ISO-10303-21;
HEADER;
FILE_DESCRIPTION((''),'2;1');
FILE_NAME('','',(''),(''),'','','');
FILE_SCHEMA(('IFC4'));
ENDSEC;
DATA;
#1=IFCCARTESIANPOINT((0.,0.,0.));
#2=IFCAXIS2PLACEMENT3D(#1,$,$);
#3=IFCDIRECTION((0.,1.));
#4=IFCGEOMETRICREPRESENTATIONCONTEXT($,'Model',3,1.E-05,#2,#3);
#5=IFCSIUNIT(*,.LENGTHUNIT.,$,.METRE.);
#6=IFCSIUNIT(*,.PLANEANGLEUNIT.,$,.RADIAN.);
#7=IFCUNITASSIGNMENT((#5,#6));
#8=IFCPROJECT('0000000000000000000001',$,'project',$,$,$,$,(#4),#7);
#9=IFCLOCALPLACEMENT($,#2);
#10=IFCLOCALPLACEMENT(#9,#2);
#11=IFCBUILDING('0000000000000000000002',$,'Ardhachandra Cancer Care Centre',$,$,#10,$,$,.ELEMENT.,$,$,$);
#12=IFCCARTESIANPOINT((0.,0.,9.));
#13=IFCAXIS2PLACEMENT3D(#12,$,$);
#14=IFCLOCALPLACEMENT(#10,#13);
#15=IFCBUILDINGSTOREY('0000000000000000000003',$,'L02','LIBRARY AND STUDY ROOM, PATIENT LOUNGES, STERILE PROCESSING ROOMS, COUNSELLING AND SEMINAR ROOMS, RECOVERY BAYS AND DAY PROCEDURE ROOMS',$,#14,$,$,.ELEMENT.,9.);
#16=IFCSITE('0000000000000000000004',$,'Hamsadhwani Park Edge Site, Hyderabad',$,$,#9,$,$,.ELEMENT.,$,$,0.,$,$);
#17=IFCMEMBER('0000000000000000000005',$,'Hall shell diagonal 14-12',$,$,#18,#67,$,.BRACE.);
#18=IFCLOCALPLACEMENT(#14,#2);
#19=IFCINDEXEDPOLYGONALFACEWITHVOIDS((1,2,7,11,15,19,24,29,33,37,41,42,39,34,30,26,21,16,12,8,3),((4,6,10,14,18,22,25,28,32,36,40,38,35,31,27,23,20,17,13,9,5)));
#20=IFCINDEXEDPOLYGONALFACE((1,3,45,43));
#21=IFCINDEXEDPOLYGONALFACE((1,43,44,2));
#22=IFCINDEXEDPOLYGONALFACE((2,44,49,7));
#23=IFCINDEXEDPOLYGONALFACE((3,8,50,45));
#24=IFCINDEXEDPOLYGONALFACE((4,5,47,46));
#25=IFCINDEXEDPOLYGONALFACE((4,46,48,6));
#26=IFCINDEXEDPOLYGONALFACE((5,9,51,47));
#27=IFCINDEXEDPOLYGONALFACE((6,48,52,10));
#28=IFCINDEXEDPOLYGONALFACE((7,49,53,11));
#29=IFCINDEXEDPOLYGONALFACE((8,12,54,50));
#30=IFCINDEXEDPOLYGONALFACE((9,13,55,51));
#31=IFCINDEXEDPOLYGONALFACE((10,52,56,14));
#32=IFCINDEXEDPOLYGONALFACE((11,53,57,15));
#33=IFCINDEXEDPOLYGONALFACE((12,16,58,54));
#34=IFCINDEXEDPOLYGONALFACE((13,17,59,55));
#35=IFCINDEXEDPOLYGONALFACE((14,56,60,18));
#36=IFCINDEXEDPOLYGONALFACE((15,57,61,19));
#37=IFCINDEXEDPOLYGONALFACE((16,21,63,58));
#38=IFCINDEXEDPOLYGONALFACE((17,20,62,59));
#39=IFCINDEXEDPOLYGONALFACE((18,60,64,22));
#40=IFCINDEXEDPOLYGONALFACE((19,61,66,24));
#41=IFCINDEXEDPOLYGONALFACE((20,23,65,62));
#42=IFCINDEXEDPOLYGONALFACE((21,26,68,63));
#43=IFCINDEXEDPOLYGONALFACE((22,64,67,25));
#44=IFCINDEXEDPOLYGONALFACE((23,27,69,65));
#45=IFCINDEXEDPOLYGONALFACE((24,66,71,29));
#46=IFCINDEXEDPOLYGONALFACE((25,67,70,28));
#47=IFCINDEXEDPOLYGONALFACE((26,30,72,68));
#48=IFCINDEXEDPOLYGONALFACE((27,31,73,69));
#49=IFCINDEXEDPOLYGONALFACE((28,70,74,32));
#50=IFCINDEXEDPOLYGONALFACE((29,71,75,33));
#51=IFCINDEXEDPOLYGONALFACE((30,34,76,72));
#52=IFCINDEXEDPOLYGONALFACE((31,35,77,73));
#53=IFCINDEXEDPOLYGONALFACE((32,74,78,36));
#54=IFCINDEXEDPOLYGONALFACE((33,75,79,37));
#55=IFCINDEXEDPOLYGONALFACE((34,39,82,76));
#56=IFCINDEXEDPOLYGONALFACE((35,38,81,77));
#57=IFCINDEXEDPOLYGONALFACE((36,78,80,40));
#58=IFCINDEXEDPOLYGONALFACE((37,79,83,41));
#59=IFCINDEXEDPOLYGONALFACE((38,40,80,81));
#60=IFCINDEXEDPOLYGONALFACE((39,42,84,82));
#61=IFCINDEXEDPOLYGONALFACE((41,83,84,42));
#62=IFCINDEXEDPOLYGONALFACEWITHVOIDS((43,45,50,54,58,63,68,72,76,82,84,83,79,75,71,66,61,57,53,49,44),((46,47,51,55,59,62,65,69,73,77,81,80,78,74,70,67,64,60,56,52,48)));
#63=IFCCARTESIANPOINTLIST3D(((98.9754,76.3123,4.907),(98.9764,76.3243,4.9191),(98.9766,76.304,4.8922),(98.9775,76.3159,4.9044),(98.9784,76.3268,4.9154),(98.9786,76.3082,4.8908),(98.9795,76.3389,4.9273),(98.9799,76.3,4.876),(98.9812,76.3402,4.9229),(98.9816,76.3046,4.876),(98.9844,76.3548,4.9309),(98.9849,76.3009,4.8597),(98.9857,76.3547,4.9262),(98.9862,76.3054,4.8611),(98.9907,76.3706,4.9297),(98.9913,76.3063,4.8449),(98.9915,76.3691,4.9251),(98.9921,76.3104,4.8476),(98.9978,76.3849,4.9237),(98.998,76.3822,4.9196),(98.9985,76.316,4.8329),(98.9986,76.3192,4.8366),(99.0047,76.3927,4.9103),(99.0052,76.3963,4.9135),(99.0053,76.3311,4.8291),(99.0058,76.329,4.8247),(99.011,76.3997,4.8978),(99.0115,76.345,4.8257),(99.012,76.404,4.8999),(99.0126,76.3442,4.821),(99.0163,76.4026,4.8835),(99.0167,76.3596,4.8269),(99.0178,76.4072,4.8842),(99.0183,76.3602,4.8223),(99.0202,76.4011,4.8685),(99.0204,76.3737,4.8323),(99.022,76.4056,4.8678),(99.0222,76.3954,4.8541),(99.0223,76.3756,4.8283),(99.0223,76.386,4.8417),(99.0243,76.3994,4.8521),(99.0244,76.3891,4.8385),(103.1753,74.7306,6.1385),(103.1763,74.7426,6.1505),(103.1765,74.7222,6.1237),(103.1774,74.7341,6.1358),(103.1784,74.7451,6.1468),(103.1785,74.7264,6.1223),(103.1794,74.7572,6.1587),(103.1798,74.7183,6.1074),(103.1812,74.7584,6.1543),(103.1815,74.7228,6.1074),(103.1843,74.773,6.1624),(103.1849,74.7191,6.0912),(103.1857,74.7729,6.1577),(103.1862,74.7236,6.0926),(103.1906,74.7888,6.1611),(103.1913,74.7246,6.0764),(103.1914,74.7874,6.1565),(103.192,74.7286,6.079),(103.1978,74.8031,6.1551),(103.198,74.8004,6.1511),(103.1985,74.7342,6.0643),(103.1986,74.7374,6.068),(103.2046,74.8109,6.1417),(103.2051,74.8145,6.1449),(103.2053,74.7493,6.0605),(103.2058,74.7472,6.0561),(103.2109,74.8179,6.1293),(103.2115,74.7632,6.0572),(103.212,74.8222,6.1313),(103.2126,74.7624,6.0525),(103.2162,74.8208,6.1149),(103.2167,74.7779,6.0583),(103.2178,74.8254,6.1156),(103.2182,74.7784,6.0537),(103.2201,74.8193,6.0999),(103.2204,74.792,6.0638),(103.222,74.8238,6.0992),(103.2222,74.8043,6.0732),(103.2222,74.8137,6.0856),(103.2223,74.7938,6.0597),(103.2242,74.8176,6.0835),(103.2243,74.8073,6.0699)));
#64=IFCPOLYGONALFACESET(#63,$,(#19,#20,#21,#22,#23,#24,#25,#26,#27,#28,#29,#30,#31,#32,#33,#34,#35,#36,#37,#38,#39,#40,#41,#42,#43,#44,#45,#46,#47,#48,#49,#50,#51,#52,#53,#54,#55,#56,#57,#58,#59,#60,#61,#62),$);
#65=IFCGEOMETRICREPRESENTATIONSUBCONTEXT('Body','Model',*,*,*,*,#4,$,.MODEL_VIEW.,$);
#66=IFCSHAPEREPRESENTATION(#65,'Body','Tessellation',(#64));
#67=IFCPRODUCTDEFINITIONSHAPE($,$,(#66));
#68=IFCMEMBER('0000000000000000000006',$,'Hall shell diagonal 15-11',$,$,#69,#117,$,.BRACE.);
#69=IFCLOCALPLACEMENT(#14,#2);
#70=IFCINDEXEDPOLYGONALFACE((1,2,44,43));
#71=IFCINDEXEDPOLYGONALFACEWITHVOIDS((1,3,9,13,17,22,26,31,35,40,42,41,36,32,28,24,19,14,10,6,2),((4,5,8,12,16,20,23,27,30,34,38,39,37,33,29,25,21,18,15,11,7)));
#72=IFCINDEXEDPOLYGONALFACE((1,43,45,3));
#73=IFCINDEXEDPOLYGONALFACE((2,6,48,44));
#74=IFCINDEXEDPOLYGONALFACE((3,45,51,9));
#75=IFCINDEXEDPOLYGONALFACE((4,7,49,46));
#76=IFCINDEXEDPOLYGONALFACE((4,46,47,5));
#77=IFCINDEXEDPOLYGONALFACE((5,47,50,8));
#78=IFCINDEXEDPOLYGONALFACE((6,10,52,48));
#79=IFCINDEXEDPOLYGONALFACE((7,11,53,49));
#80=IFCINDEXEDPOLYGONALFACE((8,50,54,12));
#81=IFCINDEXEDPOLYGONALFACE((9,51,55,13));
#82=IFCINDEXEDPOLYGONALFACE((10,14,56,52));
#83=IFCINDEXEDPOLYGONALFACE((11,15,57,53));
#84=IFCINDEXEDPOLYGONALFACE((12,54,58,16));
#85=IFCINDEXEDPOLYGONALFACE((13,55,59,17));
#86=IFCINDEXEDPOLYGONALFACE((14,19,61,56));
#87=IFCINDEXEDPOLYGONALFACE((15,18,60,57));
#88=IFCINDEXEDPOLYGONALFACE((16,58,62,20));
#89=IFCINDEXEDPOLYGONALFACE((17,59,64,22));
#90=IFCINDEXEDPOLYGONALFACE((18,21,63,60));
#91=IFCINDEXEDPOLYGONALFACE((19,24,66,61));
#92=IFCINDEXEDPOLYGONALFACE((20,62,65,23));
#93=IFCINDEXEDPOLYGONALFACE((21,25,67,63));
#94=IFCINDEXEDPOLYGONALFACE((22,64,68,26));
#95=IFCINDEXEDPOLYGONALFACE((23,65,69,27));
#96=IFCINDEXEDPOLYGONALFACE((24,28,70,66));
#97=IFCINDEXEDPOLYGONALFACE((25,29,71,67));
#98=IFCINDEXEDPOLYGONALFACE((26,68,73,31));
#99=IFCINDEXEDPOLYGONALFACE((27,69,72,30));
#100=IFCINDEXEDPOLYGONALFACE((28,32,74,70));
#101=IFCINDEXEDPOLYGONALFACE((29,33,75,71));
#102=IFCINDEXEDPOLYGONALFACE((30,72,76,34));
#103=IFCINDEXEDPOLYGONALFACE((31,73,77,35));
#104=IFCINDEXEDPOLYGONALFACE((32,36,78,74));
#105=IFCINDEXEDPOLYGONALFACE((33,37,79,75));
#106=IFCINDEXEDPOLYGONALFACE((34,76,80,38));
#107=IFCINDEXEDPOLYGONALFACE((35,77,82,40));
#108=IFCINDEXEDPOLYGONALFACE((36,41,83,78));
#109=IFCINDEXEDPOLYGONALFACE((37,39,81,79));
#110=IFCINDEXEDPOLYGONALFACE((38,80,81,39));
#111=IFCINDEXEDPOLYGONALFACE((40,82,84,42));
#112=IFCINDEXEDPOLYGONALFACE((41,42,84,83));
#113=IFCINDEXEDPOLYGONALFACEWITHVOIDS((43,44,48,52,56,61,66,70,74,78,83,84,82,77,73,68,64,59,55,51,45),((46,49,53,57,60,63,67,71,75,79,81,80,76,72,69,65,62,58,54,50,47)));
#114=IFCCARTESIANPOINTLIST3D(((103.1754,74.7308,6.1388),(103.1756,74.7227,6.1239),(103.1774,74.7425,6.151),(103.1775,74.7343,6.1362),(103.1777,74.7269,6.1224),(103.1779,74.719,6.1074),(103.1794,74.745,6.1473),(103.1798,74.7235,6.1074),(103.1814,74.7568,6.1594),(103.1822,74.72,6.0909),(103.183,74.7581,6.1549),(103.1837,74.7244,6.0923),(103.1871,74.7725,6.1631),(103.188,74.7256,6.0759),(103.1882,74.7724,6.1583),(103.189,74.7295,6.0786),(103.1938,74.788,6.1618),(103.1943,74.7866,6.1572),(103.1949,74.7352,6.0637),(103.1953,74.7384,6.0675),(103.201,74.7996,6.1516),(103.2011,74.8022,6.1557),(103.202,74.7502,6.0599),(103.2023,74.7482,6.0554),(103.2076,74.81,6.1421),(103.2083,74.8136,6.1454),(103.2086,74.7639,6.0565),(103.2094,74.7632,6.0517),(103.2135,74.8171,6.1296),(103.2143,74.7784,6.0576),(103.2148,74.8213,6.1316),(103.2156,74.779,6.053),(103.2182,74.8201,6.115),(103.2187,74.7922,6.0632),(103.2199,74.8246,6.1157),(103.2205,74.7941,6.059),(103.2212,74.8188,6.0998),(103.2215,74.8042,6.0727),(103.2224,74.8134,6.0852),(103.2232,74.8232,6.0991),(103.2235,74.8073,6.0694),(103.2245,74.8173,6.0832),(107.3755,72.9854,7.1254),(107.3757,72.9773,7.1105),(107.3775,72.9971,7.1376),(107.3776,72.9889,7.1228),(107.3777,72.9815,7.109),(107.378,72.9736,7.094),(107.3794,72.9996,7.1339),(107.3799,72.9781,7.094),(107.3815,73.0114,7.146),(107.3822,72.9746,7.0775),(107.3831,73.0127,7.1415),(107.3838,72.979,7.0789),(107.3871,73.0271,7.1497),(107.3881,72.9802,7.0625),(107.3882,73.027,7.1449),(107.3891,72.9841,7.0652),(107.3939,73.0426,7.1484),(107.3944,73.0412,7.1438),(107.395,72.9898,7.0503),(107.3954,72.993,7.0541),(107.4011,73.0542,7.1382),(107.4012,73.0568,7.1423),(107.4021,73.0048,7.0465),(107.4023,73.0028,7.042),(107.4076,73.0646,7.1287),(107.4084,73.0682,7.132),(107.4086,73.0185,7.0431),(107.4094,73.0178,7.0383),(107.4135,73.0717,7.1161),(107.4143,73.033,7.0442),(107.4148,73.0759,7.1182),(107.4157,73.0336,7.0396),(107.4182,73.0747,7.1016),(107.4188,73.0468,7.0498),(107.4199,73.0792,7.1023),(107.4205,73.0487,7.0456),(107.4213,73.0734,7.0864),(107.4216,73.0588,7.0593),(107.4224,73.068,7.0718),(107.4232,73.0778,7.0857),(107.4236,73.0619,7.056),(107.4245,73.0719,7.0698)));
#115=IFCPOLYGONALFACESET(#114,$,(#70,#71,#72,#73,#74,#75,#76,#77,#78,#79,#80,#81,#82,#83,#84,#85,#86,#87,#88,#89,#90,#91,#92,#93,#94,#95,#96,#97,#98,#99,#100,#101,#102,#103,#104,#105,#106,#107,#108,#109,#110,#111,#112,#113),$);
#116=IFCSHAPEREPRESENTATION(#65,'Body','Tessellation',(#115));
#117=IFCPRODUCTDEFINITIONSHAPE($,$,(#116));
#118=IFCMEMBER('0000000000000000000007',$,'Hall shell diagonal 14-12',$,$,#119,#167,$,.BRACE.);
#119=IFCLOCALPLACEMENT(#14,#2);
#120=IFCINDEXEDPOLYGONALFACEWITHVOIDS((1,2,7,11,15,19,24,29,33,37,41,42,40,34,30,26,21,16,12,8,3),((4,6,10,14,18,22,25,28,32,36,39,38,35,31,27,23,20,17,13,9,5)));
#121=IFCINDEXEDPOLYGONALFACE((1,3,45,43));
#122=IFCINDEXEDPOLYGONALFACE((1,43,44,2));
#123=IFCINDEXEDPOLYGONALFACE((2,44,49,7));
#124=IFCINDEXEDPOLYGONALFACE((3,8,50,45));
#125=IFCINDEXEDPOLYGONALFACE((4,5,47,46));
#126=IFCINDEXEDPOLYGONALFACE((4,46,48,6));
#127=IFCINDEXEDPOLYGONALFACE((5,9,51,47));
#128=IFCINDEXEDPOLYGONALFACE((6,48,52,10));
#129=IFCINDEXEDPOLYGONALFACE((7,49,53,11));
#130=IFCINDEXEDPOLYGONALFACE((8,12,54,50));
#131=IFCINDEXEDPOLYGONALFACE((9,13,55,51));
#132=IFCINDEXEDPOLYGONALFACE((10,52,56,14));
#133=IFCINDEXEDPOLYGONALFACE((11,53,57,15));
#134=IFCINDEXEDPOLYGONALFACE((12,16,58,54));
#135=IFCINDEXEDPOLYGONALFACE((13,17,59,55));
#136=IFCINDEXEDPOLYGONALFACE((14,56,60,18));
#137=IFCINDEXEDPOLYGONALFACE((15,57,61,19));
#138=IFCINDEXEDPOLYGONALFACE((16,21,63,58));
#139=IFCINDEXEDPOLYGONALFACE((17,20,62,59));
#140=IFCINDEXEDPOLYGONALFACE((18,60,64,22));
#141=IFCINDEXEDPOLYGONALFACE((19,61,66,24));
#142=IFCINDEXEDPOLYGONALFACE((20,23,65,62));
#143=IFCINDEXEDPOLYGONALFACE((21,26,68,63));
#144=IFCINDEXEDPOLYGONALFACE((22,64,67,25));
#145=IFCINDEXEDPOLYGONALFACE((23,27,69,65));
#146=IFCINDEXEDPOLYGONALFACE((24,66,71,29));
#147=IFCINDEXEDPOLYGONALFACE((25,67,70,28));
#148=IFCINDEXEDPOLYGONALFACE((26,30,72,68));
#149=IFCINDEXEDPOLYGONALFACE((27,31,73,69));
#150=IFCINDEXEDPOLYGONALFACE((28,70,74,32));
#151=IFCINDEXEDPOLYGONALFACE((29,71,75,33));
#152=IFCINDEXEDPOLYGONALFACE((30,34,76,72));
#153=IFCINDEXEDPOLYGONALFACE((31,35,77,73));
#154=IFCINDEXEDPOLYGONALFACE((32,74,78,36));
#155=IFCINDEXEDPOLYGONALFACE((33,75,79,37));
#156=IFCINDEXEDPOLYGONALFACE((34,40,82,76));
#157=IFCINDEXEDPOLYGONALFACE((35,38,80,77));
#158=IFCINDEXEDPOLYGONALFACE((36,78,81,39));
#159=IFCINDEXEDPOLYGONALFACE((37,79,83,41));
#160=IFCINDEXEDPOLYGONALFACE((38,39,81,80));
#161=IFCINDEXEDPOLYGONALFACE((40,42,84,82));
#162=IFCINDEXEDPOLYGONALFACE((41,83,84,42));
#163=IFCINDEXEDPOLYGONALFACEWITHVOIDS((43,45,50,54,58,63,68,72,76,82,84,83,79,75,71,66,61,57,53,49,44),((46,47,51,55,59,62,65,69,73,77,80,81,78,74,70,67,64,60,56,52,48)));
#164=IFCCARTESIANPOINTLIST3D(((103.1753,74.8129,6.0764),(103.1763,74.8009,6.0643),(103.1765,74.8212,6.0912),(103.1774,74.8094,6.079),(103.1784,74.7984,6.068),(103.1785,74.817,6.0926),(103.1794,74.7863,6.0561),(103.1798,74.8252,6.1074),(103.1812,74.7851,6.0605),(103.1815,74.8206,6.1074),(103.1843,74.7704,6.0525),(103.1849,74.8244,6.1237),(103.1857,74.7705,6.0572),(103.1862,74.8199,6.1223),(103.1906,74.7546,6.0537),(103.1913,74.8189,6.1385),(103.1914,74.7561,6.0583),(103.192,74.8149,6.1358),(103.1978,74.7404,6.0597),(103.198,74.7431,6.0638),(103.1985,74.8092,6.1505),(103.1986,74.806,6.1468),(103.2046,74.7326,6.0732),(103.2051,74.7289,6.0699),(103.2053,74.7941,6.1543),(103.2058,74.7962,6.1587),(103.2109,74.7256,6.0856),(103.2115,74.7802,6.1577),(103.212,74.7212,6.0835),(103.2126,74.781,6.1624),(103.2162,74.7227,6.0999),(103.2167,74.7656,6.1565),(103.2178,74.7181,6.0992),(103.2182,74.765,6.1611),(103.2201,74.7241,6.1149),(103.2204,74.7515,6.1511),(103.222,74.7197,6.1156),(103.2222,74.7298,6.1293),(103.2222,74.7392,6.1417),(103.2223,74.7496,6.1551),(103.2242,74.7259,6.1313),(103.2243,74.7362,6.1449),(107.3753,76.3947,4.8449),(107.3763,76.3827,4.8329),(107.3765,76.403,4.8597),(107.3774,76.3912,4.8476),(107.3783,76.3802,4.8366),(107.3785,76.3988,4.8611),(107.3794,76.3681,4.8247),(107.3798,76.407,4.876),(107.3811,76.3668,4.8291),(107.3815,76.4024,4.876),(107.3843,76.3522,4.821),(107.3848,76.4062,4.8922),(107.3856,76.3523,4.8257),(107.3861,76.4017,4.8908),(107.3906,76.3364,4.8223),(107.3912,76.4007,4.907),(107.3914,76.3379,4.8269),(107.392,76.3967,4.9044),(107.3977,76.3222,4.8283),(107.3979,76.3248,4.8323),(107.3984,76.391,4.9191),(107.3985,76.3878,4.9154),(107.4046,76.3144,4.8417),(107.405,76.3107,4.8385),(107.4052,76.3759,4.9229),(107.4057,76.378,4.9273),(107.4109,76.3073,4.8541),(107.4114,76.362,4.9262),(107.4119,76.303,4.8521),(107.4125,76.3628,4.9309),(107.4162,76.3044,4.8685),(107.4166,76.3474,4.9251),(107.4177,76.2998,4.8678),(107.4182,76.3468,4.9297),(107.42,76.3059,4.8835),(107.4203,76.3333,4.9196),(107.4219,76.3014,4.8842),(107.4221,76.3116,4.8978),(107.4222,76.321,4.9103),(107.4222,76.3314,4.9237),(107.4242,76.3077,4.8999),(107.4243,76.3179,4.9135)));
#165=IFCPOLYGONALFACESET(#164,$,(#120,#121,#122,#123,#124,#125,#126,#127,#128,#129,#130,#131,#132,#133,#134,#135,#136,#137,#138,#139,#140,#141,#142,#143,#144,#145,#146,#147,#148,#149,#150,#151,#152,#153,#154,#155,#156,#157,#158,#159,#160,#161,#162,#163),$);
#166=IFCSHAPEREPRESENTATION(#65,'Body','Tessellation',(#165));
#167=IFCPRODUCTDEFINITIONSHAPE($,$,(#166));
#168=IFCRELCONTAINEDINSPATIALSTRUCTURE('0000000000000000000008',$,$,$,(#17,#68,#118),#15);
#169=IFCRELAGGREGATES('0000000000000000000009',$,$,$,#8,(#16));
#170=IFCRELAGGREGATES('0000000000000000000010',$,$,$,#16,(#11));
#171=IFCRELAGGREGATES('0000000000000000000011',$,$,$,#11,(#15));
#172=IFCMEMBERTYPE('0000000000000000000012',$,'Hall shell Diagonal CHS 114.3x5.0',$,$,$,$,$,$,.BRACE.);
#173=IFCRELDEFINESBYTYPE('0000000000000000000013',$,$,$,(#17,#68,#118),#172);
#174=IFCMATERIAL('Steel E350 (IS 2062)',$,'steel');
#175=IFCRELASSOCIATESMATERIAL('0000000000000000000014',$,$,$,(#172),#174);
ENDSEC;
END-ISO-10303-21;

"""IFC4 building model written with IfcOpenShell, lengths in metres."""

from ifc_helpers import new_model, si_unit, direction, frame, origin, origin_2d, place, context, subcontext, project, spatial, hollow_circle, extrude, material, material_profile, profile_set, type_object, element, save


model = new_model("IFC4")

# Units and contexts
model_context = context("Model", 3, precision=1e-05, world=origin(), true_north=direction((0.0, 1.0)))
body_context = subcontext(model_context, "Body", "Model", "MODEL_VIEW")
ifc_project = project(units=[si_unit("LENGTHUNIT", "METRE"), si_unit("PLANEANGLEUNIT", "RADIAN")], contexts=[model_context])

# Site, building, storey
site_placement = place(None, origin())
site = spatial("IfcSite", under=ifc_project, at=site_placement, Name="Hamsadhwani Park Edge Site, Hyderabad", CompositionType="ELEMENT", RefElevation=0.0)
building_placement = place(site_placement, origin())
building = spatial("IfcBuilding", under=site, at=building_placement, Name="Ardhachandra Cancer Care Centre", CompositionType="ELEMENT")
storey_placement = place(building_placement, frame((0.0, 0.0, 9.0)))
storey = spatial("IfcBuildingStorey", under=building, at=storey_placement, Name="L02", Description="LIBRARY AND STUDY ROOM, PATIENT LOUNGES, STERILE PROCESSING ROOMS, COUNSELLING AND SEMINAR ROOMS, RECOVERY BAYS AND DAY PROCEDURE ROOMS", CompositionType="ELEMENT", Elevation=9.0)

# Members
ifc_material_1 = material(Name="Steel E350 (IS 2062)", Category="steel")
ifc_material_profile_1 = material_profile(ifc_material_1, hollow_circle(Radius=0.0571, WallThickness=0.0049, at=origin_2d()), Name="CHS 114.3x5.0")
ifc_profile_set_1 = profile_set([ifc_material_profile_1], Name="Steel E350 (IS 2062)")
member_type_1 = type_object("IfcMemberType", Name="Hall shell Diagonal CHS 114.3x5.0", PredefinedType="BRACE", material=ifc_profile_set_1)
member_1_placement = place(storey_placement, frame((103.2, 74.7717, 6.1074), z_axis=(-0.902473, 0.33989, -0.264609), x_axis=(-0.352453, -0.93583, 0.0)))
element("IfcMember", 1, at=member_1_placement, inside=storey, type_object=member_type_1, Name="Hall shell diagonal 14-12", PredefinedType="BRACE", context=body_context, shape_type="SweptSolid", body=[
    extrude(hollow_circle(Radius=0.0571, WallThickness=0.0049, at=origin_2d()), origin(), (0.0, 0.0, 1.0), 4.6538),
])
member_2_placement = place(storey_placement, frame((107.3999, 73.0264, 7.094), z_axis=(-0.90245, 0.375028, -0.211986), x_axis=(-0.38375, -0.923437, 0.0)))
element("IfcMember", 2, at=member_2_placement, inside=storey, type_object=member_type_1, Name="Hall shell diagonal 15-11", PredefinedType="BRACE", context=body_context, shape_type="SweptSolid", body=[
    extrude(hollow_circle(Radius=0.0571, WallThickness=0.0049, at=origin_2d()), origin(), (0.0, 0.0, 1.0), 4.6541),
])
member_3_placement = place(storey_placement, frame((103.2, 74.7717, 6.1074), z_axis=(0.902473, 0.33989, -0.264609), x_axis=(-0.352453, 0.93583, 0.0)))
element("IfcMember", 3, at=member_3_placement, inside=storey, type_object=member_type_1, Name="Hall shell diagonal 14-12", PredefinedType="BRACE", context=body_context, shape_type="SweptSolid", body=[
    extrude(hollow_circle(Radius=0.0571, WallThickness=0.0049, at=origin_2d()), origin(), (0.0, 0.0, 1.0), 4.6538),
])

save(model, "model.ifc")
